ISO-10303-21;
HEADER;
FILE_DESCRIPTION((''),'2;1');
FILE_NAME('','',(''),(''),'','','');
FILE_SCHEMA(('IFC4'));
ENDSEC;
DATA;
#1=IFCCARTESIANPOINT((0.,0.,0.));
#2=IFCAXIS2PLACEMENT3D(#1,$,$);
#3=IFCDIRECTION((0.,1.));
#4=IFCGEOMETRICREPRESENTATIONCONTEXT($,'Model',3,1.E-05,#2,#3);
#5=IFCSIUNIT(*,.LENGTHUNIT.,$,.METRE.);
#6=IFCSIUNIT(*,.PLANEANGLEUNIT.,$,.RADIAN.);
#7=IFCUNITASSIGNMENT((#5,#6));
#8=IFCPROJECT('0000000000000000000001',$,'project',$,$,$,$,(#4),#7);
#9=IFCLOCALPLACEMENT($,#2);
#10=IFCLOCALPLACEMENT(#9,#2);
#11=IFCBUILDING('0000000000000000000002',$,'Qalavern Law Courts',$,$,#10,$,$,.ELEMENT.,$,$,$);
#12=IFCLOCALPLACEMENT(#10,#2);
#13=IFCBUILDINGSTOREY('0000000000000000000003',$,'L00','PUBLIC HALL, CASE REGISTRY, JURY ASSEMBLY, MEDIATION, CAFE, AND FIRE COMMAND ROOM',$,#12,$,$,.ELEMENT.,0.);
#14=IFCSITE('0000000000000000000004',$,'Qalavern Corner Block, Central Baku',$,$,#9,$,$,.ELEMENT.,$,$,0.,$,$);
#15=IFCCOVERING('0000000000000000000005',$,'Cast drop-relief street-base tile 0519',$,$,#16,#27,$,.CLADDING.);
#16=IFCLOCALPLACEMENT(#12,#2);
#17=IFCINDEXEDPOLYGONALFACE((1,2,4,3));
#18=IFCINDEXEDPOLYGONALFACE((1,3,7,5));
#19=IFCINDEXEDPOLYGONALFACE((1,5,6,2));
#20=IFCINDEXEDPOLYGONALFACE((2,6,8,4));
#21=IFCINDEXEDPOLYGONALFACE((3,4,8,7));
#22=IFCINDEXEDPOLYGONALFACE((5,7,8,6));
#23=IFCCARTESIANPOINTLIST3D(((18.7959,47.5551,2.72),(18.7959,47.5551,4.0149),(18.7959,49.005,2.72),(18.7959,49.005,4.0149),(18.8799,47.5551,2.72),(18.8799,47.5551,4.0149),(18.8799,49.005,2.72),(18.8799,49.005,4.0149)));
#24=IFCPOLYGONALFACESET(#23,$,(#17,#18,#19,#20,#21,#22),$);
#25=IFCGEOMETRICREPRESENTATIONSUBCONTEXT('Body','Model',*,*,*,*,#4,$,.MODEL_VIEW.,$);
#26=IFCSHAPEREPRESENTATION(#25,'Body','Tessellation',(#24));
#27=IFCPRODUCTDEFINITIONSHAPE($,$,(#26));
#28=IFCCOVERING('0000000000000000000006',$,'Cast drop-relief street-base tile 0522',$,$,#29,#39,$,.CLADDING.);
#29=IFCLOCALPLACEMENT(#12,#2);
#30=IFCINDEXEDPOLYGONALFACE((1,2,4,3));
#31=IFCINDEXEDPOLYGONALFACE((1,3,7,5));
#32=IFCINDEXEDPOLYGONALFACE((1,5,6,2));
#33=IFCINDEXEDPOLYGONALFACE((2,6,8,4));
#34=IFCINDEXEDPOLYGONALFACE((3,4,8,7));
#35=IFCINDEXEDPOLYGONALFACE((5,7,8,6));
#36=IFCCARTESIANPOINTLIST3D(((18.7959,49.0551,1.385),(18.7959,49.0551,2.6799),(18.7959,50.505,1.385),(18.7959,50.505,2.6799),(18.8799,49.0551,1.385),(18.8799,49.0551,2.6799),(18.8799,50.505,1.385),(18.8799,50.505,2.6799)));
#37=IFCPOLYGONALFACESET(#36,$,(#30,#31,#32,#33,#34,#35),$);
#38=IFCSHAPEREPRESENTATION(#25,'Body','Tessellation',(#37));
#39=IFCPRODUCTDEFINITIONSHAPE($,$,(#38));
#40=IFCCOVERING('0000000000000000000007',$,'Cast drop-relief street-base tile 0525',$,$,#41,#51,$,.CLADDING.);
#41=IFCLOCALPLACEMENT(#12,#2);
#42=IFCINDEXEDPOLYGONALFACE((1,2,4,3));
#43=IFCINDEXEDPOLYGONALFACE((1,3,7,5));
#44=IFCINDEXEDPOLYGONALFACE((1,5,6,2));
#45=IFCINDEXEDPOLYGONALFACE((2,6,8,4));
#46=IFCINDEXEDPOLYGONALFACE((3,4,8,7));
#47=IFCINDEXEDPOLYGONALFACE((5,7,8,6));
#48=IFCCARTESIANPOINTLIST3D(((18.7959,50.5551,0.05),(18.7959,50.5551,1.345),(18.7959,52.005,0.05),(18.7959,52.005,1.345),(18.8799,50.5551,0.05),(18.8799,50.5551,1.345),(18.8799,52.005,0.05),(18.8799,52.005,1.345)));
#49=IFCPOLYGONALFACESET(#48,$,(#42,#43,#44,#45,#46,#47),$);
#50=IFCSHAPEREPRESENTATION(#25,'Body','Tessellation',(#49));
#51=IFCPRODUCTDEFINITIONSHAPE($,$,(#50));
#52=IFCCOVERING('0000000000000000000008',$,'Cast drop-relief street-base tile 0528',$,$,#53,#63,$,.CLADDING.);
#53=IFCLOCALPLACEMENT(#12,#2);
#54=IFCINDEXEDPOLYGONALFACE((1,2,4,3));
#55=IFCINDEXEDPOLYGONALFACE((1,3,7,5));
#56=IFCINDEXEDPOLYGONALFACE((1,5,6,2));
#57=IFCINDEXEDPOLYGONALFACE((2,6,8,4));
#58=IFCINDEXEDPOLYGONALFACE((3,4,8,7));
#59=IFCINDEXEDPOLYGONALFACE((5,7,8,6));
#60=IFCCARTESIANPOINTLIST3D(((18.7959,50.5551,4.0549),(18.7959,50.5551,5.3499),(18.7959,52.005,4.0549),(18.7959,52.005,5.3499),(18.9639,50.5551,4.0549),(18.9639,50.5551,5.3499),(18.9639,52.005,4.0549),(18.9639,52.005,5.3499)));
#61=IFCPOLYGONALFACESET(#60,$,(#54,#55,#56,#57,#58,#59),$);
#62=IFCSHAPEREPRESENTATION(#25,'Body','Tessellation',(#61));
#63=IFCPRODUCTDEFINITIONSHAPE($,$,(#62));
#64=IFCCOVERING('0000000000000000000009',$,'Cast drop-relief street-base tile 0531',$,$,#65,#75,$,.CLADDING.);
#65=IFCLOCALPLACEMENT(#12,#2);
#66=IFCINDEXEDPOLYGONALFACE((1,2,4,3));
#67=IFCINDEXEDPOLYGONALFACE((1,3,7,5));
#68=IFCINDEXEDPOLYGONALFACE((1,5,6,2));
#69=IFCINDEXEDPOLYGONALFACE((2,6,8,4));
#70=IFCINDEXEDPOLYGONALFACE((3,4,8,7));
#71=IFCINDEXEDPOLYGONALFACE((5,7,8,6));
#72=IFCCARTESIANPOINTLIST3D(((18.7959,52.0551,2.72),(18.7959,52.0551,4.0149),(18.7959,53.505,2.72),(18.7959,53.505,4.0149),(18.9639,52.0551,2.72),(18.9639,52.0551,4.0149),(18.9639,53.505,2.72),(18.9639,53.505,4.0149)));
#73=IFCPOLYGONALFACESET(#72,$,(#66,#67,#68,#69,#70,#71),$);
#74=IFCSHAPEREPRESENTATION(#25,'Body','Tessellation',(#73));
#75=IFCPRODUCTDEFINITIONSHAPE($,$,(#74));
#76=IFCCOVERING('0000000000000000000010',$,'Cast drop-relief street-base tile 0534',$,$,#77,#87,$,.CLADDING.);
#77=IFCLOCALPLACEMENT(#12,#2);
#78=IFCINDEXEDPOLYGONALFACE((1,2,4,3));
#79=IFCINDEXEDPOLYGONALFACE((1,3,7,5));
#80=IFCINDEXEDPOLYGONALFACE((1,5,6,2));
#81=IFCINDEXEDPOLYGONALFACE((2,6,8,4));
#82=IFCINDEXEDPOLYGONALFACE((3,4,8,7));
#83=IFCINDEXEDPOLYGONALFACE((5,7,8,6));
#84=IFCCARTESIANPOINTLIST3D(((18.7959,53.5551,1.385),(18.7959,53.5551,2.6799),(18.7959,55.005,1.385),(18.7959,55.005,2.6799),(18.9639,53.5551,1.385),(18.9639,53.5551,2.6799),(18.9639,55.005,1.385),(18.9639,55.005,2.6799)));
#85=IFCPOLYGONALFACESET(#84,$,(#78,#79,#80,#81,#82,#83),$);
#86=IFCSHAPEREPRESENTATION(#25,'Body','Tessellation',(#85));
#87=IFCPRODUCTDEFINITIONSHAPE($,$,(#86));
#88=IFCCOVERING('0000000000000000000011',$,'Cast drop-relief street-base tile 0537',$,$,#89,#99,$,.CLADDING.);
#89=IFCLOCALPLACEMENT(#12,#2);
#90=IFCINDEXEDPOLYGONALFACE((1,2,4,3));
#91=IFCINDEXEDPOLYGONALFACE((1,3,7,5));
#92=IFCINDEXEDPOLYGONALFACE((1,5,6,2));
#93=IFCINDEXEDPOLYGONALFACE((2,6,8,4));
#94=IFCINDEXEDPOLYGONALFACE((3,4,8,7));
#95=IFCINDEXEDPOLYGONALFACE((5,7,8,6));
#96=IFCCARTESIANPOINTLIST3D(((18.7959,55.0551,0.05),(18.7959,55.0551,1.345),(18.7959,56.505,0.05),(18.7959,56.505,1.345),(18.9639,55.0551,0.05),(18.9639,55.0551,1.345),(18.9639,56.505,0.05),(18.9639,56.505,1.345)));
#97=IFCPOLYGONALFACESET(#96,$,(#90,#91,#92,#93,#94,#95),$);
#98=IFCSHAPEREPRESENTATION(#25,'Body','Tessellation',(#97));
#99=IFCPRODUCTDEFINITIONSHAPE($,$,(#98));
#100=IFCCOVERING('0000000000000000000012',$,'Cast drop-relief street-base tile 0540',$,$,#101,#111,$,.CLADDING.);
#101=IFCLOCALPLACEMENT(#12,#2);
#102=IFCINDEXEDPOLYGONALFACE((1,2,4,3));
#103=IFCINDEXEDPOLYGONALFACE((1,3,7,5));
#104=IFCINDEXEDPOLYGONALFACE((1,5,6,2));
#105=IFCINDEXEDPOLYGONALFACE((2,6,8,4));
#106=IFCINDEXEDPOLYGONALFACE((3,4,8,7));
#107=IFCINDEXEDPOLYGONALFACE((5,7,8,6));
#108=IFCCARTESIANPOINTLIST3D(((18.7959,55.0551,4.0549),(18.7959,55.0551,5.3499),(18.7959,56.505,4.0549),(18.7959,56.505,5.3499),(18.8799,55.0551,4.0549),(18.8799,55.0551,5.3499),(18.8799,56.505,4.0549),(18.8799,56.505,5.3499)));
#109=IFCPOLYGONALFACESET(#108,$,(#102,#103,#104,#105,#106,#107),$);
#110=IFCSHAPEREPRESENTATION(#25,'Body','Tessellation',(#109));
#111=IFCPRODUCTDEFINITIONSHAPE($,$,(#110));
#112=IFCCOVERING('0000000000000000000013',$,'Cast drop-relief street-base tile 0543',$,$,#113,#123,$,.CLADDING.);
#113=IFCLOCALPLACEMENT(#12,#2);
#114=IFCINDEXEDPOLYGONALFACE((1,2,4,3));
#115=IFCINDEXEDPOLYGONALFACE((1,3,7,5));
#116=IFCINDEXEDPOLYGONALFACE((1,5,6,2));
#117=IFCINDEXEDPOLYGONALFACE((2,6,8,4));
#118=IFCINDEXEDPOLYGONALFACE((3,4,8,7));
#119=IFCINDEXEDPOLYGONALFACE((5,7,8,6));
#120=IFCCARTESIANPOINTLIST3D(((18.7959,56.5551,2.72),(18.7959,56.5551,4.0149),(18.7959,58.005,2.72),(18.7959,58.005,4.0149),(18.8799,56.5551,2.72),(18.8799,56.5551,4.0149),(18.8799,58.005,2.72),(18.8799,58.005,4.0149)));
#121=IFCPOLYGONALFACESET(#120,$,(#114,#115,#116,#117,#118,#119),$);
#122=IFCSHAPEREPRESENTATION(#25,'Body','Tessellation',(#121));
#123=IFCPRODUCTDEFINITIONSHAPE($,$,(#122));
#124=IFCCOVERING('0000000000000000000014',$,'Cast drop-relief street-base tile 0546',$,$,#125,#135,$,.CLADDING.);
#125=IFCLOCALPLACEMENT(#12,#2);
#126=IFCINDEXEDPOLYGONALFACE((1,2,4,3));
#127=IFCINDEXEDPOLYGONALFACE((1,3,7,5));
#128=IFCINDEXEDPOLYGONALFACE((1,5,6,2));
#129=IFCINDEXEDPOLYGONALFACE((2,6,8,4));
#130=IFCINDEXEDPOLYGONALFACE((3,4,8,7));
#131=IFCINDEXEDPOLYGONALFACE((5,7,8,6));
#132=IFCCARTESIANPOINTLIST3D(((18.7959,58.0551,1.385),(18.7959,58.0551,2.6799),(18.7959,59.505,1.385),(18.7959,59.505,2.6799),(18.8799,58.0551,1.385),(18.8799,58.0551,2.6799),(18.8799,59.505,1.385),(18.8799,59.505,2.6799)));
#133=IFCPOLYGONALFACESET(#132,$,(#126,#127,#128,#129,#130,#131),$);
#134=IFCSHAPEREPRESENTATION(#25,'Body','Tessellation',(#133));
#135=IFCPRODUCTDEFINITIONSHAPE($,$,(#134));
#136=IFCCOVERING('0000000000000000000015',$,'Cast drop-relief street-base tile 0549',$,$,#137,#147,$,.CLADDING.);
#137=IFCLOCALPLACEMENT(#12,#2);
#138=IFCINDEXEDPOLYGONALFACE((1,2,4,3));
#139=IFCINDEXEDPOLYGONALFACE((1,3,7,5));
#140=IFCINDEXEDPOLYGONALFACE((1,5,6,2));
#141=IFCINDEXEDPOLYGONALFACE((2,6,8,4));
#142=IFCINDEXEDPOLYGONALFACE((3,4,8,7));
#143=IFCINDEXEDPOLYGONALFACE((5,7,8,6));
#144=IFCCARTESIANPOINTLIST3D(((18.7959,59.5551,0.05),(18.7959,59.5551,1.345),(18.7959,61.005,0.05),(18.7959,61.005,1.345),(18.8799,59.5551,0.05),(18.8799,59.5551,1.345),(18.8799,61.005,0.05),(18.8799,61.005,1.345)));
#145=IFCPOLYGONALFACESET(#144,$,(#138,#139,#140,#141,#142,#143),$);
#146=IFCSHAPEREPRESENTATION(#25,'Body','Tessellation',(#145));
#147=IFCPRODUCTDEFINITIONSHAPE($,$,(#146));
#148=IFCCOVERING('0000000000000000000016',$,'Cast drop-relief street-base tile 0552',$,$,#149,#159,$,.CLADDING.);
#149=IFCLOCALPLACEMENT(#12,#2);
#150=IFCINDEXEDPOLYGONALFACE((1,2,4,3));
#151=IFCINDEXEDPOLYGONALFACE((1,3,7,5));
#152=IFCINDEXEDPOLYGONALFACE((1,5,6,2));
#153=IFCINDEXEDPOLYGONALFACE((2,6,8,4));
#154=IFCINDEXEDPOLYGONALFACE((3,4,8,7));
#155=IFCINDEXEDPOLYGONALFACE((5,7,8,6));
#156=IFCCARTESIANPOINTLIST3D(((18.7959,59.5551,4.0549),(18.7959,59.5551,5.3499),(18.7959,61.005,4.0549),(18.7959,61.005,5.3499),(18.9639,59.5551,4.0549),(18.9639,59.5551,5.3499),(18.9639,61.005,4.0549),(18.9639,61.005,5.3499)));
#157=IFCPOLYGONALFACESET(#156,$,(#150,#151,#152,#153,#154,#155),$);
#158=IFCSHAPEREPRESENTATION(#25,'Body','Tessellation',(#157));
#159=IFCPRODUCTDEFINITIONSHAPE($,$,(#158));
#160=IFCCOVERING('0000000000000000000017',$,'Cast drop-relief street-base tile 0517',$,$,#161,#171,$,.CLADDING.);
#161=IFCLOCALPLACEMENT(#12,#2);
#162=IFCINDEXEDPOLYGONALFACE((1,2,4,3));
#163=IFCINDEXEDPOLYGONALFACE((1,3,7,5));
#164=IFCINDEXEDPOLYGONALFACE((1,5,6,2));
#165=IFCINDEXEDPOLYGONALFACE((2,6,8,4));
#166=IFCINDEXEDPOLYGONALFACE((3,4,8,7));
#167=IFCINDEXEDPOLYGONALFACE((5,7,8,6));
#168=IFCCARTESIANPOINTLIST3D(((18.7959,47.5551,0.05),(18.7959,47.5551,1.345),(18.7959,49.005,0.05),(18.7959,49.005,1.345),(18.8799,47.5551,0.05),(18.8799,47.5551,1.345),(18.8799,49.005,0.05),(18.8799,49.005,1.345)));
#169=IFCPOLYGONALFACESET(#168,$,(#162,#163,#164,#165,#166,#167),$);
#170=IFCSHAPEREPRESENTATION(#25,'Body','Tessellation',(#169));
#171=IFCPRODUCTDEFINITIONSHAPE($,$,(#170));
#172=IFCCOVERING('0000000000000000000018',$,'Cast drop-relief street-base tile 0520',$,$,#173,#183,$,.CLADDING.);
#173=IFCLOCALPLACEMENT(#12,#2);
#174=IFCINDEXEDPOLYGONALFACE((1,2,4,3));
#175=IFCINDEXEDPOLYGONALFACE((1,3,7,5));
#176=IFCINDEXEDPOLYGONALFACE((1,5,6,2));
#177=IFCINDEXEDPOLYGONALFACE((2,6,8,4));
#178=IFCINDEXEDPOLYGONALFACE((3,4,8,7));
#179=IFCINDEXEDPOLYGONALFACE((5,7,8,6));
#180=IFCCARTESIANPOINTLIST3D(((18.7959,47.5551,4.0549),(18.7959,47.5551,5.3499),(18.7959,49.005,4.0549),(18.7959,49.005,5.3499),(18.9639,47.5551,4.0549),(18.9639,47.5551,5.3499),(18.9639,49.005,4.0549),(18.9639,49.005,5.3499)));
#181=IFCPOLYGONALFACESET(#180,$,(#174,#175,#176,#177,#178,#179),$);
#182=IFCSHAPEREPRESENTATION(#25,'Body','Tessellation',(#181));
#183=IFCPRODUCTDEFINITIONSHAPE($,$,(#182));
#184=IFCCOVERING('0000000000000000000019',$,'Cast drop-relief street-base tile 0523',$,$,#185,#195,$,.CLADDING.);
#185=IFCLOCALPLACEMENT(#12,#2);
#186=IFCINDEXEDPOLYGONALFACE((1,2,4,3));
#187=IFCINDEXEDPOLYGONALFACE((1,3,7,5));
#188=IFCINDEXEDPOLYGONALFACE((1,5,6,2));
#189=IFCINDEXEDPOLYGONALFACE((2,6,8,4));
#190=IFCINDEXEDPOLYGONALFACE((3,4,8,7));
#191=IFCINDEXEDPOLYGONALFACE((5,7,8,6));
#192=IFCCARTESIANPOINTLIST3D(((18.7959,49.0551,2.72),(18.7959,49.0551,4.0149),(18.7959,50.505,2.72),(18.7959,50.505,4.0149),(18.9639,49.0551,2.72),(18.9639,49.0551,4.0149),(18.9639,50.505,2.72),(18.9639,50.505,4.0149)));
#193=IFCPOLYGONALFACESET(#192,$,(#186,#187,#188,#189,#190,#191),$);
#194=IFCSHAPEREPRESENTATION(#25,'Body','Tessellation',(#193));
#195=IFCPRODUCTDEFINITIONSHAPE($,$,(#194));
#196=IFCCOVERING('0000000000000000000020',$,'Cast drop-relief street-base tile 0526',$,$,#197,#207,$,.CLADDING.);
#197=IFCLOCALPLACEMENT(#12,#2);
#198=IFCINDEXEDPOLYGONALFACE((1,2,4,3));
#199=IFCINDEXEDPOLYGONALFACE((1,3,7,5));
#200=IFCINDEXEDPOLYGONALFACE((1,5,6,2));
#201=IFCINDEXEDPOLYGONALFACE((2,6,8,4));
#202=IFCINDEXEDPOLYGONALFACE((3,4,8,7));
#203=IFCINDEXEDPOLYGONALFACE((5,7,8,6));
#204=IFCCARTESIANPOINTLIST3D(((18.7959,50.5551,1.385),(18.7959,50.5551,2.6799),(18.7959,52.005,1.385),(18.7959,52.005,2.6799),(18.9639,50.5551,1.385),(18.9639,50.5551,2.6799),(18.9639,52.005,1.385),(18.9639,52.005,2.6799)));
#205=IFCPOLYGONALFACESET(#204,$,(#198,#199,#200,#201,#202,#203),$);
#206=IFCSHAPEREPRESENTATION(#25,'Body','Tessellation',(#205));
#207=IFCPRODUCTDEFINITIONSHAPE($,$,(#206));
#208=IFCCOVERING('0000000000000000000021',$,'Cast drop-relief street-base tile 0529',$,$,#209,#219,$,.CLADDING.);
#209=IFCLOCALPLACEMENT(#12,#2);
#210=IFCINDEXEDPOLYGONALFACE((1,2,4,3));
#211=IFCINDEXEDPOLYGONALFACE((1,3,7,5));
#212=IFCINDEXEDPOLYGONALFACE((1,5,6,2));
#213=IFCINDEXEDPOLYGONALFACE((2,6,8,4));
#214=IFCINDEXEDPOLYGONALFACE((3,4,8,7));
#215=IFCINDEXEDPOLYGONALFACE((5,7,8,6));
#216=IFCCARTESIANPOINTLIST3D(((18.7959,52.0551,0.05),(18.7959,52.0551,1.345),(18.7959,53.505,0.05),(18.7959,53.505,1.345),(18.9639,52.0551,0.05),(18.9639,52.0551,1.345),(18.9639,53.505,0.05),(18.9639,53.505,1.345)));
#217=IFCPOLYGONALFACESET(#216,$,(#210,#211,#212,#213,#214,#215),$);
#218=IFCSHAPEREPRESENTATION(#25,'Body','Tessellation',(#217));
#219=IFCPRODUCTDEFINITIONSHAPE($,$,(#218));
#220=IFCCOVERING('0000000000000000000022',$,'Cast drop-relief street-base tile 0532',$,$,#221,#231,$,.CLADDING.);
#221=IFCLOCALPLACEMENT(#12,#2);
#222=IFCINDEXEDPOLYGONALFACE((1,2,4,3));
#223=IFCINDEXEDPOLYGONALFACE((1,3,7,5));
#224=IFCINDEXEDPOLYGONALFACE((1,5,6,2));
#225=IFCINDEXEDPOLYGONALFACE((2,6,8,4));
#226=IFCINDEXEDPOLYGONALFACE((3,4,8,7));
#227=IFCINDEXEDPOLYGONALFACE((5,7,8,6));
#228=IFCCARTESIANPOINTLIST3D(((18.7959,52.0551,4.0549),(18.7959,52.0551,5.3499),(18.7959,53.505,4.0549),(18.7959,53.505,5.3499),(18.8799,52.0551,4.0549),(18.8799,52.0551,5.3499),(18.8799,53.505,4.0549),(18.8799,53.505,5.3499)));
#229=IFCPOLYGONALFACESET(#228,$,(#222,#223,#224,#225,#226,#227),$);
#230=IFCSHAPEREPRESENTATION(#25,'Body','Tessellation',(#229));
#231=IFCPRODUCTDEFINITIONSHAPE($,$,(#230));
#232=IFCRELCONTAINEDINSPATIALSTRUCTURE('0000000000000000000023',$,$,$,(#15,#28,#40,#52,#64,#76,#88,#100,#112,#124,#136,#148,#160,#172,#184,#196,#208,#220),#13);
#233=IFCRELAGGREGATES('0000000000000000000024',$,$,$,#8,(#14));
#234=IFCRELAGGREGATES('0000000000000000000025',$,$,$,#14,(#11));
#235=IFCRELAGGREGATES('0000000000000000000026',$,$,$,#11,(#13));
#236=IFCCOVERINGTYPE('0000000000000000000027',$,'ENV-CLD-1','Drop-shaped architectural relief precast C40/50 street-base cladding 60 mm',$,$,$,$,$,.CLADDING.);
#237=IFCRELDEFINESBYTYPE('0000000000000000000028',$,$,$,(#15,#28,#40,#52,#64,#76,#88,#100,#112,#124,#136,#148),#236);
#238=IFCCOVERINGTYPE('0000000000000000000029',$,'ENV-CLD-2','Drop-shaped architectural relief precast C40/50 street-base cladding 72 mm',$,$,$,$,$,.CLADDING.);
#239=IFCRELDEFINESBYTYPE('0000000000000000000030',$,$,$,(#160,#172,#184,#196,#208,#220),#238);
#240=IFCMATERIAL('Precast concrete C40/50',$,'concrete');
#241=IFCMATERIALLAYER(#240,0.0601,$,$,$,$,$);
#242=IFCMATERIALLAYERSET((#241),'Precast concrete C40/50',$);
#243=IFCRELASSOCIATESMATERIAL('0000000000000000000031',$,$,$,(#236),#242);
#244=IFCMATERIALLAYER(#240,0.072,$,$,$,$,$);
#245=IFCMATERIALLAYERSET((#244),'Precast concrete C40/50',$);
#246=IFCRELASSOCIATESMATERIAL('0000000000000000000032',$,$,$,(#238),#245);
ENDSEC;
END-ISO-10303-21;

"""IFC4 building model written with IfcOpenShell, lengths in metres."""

from ifc_helpers import new_model, si_unit, direction, frame, origin, origin_2d, place, context, subcontext, project, spatial, rectangle, extrude, material, layer, layer_set, type_object, element, save


model = new_model("IFC4")

# Units and contexts
model_context = context("Model", 3, precision=1e-05, world=origin(), true_north=direction((0.0, 1.0)))
body_context = subcontext(model_context, "Body", "Model", "MODEL_VIEW")
ifc_project = project(units=[si_unit("LENGTHUNIT", "METRE"), si_unit("PLANEANGLEUNIT", "RADIAN")], contexts=[model_context])

# Site, building, storey
site_placement = place(None, origin())
site = spatial("IfcSite", under=ifc_project, at=site_placement, Name="Qalavern Corner Block, Central Baku", CompositionType="ELEMENT", RefElevation=0.0)
building_placement = place(site_placement, origin())
building = spatial("IfcBuilding", under=site, at=building_placement, Name="Qalavern Law Courts", CompositionType="ELEMENT")
storey_placement = place(building_placement, origin())
storey = spatial("IfcBuildingStorey", under=building, at=storey_placement, Name="L00", Description="PUBLIC HALL, CASE REGISTRY, JURY ASSEMBLY, MEDIATION, CAFE, AND FIRE COMMAND ROOM", CompositionType="ELEMENT", Elevation=0.0)

# Coverings
ifc_material = material(Name="Precast concrete C40/50", Category="concrete")
ifc_layer_1 = layer(ifc_material, 0.0601)
ifc_layer_set_1 = layer_set([ifc_layer_1], Name="Precast concrete C40/50")
covering_type_1 = type_object("IfcCoveringType", Name="ENV-CLD-1", Description="Drop-shaped architectural relief precast C40/50 street-base cladding 60 mm", PredefinedType="CLADDING", material=ifc_layer_set_1)
for number, where, z_axis, x_axis, name in (
    (1, (18.8379, 48.28, 2.72), (0.0, 0.0, 1.0), (0.0, 1.0, 0.0), "Cast drop-relief street-base tile 0519"),
    (2, (18.8379, 49.78, 1.385), (0.0, 0.0, 1.0), (0.0, 1.0, 0.0), "Cast drop-relief street-base tile 0522"),
    (3, (18.8379, 51.28, 0.05), (0.0, 0.0, 1.0), (0.0, 1.0, 0.0), "Cast drop-relief street-base tile 0525"),
):
    element("IfcCovering", number, at=place(storey_placement, frame(where, z_axis=z_axis, x_axis=x_axis)), inside=storey, type_object=covering_type_1, Name=name, PredefinedType="CLADDING", context=body_context, shape_type="SweptSolid", body=[
        extrude(rectangle(XDim=1.45, YDim=0.084, at=origin_2d()), origin(), (0.0, 0.0, 1.0), 1.2949),
    ])
for number, where, z_axis, x_axis, name in (
    (4, (18.8799, 51.28, 4.0549), (0.0, 0.0, 1.0), (0.0, 1.0, 0.0), "Cast drop-relief street-base tile 0528"),
    (5, (18.8799, 52.78, 2.72), (0.0, 0.0, 1.0), (0.0, 1.0, 0.0), "Cast drop-relief street-base tile 0531"),
    (6, (18.8799, 54.28, 1.385), (0.0, 0.0, 1.0), (0.0, 1.0, 0.0), "Cast drop-relief street-base tile 0534"),
    (7, (18.8799, 55.78, 0.05), (0.0, 0.0, 1.0), (0.0, 1.0, 0.0), "Cast drop-relief street-base tile 0537"),
):
    element("IfcCovering", number, at=place(storey_placement, frame(where, z_axis=z_axis, x_axis=x_axis)), inside=storey, type_object=covering_type_1, Name=name, PredefinedType="CLADDING", context=body_context, shape_type="SweptSolid", body=[
        extrude(rectangle(XDim=1.45, YDim=0.168, at=origin_2d()), origin(), (0.0, 0.0, 1.0), 1.2949),
    ])
for number, where, z_axis, x_axis, name in (
    (8, (18.8379, 55.78, 4.0549), (0.0, 0.0, 1.0), (0.0, 1.0, 0.0), "Cast drop-relief street-base tile 0540"),
    (9, (18.8379, 57.28, 2.72), (0.0, 0.0, 1.0), (0.0, 1.0, 0.0), "Cast drop-relief street-base tile 0543"),
    (10, (18.8379, 58.78, 1.385), (0.0, 0.0, 1.0), (0.0, 1.0, 0.0), "Cast drop-relief street-base tile 0546"),
    (11, (18.8379, 60.28, 0.05), (0.0, 0.0, 1.0), (0.0, 1.0, 0.0), "Cast drop-relief street-base tile 0549"),
):
    element("IfcCovering", number, at=place(storey_placement, frame(where, z_axis=z_axis, x_axis=x_axis)), inside=storey, type_object=covering_type_1, Name=name, PredefinedType="CLADDING", context=body_context, shape_type="SweptSolid", body=[
        extrude(rectangle(XDim=1.45, YDim=0.084, at=origin_2d()), origin(), (0.0, 0.0, 1.0), 1.2949),
    ])
covering_1_placement = place(storey_placement, frame((18.8799, 60.28, 4.0549), z_axis=(0.0, 0.0, 1.0), x_axis=(0.0, 1.0, 0.0)))
element("IfcCovering", 12, at=covering_1_placement, inside=storey, type_object=covering_type_1, Name="Cast drop-relief street-base tile 0552", PredefinedType="CLADDING", context=body_context, shape_type="SweptSolid", body=[
    extrude(rectangle(XDim=1.45, YDim=0.168, at=origin_2d()), origin(), (0.0, 0.0, 1.0), 1.2949),
])
ifc_layer_2 = layer(ifc_material, 0.072)
ifc_layer_set_2 = layer_set([ifc_layer_2], Name="Precast concrete C40/50")
covering_type_2 = type_object("IfcCoveringType", Name="ENV-CLD-2", Description="Drop-shaped architectural relief precast C40/50 street-base cladding 72 mm", PredefinedType="CLADDING", material=ifc_layer_set_2)
covering_2_placement = place(storey_placement, frame((18.8379, 48.28, 0.05), z_axis=(0.0, 0.0, 1.0), x_axis=(0.0, 1.0, 0.0)))
element("IfcCovering", 13, at=covering_2_placement, inside=storey, type_object=covering_type_2, Name="Cast drop-relief street-base tile 0517", PredefinedType="CLADDING", context=body_context, shape_type="SweptSolid", body=[
    extrude(rectangle(XDim=1.45, YDim=0.084, at=origin_2d()), origin(), (0.0, 0.0, 1.0), 1.2949),
])
for number, where, z_axis, x_axis, name in (
    (14, (18.8799, 48.28, 4.0549), (0.0, 0.0, 1.0), (0.0, 1.0, 0.0), "Cast drop-relief street-base tile 0520"),
    (15, (18.8799, 49.78, 2.72), (0.0, 0.0, 1.0), (0.0, 1.0, 0.0), "Cast drop-relief street-base tile 0523"),
    (16, (18.8799, 51.28, 1.385), (0.0, 0.0, 1.0), (0.0, 1.0, 0.0), "Cast drop-relief street-base tile 0526"),
    (17, (18.8799, 52.78, 0.05), (0.0, 0.0, 1.0), (0.0, 1.0, 0.0), "Cast drop-relief street-base tile 0529"),
):
    element("IfcCovering", number, at=place(storey_placement, frame(where, z_axis=z_axis, x_axis=x_axis)), inside=storey, type_object=covering_type_2, Name=name, PredefinedType="CLADDING", context=body_context, shape_type="SweptSolid", body=[
        extrude(rectangle(XDim=1.45, YDim=0.168, at=origin_2d()), origin(), (0.0, 0.0, 1.0), 1.2949),
    ])
for number, where, z_axis, x_axis, name in (
    (18, (18.8379, 52.78, 4.0549), (0.0, 0.0, 1.0), (0.0, 1.0, 0.0), "Cast drop-relief street-base tile 0532"),
):
    element("IfcCovering", number, at=place(storey_placement, frame(where, z_axis=z_axis, x_axis=x_axis)), inside=storey, type_object=covering_type_2, Name=name, PredefinedType="CLADDING", context=body_context, shape_type="SweptSolid", body=[
        extrude(rectangle(XDim=1.45, YDim=0.084, at=origin_2d()), origin(), (0.0, 0.0, 1.0), 1.2949),
    ])

save(model, "model.ifc")
